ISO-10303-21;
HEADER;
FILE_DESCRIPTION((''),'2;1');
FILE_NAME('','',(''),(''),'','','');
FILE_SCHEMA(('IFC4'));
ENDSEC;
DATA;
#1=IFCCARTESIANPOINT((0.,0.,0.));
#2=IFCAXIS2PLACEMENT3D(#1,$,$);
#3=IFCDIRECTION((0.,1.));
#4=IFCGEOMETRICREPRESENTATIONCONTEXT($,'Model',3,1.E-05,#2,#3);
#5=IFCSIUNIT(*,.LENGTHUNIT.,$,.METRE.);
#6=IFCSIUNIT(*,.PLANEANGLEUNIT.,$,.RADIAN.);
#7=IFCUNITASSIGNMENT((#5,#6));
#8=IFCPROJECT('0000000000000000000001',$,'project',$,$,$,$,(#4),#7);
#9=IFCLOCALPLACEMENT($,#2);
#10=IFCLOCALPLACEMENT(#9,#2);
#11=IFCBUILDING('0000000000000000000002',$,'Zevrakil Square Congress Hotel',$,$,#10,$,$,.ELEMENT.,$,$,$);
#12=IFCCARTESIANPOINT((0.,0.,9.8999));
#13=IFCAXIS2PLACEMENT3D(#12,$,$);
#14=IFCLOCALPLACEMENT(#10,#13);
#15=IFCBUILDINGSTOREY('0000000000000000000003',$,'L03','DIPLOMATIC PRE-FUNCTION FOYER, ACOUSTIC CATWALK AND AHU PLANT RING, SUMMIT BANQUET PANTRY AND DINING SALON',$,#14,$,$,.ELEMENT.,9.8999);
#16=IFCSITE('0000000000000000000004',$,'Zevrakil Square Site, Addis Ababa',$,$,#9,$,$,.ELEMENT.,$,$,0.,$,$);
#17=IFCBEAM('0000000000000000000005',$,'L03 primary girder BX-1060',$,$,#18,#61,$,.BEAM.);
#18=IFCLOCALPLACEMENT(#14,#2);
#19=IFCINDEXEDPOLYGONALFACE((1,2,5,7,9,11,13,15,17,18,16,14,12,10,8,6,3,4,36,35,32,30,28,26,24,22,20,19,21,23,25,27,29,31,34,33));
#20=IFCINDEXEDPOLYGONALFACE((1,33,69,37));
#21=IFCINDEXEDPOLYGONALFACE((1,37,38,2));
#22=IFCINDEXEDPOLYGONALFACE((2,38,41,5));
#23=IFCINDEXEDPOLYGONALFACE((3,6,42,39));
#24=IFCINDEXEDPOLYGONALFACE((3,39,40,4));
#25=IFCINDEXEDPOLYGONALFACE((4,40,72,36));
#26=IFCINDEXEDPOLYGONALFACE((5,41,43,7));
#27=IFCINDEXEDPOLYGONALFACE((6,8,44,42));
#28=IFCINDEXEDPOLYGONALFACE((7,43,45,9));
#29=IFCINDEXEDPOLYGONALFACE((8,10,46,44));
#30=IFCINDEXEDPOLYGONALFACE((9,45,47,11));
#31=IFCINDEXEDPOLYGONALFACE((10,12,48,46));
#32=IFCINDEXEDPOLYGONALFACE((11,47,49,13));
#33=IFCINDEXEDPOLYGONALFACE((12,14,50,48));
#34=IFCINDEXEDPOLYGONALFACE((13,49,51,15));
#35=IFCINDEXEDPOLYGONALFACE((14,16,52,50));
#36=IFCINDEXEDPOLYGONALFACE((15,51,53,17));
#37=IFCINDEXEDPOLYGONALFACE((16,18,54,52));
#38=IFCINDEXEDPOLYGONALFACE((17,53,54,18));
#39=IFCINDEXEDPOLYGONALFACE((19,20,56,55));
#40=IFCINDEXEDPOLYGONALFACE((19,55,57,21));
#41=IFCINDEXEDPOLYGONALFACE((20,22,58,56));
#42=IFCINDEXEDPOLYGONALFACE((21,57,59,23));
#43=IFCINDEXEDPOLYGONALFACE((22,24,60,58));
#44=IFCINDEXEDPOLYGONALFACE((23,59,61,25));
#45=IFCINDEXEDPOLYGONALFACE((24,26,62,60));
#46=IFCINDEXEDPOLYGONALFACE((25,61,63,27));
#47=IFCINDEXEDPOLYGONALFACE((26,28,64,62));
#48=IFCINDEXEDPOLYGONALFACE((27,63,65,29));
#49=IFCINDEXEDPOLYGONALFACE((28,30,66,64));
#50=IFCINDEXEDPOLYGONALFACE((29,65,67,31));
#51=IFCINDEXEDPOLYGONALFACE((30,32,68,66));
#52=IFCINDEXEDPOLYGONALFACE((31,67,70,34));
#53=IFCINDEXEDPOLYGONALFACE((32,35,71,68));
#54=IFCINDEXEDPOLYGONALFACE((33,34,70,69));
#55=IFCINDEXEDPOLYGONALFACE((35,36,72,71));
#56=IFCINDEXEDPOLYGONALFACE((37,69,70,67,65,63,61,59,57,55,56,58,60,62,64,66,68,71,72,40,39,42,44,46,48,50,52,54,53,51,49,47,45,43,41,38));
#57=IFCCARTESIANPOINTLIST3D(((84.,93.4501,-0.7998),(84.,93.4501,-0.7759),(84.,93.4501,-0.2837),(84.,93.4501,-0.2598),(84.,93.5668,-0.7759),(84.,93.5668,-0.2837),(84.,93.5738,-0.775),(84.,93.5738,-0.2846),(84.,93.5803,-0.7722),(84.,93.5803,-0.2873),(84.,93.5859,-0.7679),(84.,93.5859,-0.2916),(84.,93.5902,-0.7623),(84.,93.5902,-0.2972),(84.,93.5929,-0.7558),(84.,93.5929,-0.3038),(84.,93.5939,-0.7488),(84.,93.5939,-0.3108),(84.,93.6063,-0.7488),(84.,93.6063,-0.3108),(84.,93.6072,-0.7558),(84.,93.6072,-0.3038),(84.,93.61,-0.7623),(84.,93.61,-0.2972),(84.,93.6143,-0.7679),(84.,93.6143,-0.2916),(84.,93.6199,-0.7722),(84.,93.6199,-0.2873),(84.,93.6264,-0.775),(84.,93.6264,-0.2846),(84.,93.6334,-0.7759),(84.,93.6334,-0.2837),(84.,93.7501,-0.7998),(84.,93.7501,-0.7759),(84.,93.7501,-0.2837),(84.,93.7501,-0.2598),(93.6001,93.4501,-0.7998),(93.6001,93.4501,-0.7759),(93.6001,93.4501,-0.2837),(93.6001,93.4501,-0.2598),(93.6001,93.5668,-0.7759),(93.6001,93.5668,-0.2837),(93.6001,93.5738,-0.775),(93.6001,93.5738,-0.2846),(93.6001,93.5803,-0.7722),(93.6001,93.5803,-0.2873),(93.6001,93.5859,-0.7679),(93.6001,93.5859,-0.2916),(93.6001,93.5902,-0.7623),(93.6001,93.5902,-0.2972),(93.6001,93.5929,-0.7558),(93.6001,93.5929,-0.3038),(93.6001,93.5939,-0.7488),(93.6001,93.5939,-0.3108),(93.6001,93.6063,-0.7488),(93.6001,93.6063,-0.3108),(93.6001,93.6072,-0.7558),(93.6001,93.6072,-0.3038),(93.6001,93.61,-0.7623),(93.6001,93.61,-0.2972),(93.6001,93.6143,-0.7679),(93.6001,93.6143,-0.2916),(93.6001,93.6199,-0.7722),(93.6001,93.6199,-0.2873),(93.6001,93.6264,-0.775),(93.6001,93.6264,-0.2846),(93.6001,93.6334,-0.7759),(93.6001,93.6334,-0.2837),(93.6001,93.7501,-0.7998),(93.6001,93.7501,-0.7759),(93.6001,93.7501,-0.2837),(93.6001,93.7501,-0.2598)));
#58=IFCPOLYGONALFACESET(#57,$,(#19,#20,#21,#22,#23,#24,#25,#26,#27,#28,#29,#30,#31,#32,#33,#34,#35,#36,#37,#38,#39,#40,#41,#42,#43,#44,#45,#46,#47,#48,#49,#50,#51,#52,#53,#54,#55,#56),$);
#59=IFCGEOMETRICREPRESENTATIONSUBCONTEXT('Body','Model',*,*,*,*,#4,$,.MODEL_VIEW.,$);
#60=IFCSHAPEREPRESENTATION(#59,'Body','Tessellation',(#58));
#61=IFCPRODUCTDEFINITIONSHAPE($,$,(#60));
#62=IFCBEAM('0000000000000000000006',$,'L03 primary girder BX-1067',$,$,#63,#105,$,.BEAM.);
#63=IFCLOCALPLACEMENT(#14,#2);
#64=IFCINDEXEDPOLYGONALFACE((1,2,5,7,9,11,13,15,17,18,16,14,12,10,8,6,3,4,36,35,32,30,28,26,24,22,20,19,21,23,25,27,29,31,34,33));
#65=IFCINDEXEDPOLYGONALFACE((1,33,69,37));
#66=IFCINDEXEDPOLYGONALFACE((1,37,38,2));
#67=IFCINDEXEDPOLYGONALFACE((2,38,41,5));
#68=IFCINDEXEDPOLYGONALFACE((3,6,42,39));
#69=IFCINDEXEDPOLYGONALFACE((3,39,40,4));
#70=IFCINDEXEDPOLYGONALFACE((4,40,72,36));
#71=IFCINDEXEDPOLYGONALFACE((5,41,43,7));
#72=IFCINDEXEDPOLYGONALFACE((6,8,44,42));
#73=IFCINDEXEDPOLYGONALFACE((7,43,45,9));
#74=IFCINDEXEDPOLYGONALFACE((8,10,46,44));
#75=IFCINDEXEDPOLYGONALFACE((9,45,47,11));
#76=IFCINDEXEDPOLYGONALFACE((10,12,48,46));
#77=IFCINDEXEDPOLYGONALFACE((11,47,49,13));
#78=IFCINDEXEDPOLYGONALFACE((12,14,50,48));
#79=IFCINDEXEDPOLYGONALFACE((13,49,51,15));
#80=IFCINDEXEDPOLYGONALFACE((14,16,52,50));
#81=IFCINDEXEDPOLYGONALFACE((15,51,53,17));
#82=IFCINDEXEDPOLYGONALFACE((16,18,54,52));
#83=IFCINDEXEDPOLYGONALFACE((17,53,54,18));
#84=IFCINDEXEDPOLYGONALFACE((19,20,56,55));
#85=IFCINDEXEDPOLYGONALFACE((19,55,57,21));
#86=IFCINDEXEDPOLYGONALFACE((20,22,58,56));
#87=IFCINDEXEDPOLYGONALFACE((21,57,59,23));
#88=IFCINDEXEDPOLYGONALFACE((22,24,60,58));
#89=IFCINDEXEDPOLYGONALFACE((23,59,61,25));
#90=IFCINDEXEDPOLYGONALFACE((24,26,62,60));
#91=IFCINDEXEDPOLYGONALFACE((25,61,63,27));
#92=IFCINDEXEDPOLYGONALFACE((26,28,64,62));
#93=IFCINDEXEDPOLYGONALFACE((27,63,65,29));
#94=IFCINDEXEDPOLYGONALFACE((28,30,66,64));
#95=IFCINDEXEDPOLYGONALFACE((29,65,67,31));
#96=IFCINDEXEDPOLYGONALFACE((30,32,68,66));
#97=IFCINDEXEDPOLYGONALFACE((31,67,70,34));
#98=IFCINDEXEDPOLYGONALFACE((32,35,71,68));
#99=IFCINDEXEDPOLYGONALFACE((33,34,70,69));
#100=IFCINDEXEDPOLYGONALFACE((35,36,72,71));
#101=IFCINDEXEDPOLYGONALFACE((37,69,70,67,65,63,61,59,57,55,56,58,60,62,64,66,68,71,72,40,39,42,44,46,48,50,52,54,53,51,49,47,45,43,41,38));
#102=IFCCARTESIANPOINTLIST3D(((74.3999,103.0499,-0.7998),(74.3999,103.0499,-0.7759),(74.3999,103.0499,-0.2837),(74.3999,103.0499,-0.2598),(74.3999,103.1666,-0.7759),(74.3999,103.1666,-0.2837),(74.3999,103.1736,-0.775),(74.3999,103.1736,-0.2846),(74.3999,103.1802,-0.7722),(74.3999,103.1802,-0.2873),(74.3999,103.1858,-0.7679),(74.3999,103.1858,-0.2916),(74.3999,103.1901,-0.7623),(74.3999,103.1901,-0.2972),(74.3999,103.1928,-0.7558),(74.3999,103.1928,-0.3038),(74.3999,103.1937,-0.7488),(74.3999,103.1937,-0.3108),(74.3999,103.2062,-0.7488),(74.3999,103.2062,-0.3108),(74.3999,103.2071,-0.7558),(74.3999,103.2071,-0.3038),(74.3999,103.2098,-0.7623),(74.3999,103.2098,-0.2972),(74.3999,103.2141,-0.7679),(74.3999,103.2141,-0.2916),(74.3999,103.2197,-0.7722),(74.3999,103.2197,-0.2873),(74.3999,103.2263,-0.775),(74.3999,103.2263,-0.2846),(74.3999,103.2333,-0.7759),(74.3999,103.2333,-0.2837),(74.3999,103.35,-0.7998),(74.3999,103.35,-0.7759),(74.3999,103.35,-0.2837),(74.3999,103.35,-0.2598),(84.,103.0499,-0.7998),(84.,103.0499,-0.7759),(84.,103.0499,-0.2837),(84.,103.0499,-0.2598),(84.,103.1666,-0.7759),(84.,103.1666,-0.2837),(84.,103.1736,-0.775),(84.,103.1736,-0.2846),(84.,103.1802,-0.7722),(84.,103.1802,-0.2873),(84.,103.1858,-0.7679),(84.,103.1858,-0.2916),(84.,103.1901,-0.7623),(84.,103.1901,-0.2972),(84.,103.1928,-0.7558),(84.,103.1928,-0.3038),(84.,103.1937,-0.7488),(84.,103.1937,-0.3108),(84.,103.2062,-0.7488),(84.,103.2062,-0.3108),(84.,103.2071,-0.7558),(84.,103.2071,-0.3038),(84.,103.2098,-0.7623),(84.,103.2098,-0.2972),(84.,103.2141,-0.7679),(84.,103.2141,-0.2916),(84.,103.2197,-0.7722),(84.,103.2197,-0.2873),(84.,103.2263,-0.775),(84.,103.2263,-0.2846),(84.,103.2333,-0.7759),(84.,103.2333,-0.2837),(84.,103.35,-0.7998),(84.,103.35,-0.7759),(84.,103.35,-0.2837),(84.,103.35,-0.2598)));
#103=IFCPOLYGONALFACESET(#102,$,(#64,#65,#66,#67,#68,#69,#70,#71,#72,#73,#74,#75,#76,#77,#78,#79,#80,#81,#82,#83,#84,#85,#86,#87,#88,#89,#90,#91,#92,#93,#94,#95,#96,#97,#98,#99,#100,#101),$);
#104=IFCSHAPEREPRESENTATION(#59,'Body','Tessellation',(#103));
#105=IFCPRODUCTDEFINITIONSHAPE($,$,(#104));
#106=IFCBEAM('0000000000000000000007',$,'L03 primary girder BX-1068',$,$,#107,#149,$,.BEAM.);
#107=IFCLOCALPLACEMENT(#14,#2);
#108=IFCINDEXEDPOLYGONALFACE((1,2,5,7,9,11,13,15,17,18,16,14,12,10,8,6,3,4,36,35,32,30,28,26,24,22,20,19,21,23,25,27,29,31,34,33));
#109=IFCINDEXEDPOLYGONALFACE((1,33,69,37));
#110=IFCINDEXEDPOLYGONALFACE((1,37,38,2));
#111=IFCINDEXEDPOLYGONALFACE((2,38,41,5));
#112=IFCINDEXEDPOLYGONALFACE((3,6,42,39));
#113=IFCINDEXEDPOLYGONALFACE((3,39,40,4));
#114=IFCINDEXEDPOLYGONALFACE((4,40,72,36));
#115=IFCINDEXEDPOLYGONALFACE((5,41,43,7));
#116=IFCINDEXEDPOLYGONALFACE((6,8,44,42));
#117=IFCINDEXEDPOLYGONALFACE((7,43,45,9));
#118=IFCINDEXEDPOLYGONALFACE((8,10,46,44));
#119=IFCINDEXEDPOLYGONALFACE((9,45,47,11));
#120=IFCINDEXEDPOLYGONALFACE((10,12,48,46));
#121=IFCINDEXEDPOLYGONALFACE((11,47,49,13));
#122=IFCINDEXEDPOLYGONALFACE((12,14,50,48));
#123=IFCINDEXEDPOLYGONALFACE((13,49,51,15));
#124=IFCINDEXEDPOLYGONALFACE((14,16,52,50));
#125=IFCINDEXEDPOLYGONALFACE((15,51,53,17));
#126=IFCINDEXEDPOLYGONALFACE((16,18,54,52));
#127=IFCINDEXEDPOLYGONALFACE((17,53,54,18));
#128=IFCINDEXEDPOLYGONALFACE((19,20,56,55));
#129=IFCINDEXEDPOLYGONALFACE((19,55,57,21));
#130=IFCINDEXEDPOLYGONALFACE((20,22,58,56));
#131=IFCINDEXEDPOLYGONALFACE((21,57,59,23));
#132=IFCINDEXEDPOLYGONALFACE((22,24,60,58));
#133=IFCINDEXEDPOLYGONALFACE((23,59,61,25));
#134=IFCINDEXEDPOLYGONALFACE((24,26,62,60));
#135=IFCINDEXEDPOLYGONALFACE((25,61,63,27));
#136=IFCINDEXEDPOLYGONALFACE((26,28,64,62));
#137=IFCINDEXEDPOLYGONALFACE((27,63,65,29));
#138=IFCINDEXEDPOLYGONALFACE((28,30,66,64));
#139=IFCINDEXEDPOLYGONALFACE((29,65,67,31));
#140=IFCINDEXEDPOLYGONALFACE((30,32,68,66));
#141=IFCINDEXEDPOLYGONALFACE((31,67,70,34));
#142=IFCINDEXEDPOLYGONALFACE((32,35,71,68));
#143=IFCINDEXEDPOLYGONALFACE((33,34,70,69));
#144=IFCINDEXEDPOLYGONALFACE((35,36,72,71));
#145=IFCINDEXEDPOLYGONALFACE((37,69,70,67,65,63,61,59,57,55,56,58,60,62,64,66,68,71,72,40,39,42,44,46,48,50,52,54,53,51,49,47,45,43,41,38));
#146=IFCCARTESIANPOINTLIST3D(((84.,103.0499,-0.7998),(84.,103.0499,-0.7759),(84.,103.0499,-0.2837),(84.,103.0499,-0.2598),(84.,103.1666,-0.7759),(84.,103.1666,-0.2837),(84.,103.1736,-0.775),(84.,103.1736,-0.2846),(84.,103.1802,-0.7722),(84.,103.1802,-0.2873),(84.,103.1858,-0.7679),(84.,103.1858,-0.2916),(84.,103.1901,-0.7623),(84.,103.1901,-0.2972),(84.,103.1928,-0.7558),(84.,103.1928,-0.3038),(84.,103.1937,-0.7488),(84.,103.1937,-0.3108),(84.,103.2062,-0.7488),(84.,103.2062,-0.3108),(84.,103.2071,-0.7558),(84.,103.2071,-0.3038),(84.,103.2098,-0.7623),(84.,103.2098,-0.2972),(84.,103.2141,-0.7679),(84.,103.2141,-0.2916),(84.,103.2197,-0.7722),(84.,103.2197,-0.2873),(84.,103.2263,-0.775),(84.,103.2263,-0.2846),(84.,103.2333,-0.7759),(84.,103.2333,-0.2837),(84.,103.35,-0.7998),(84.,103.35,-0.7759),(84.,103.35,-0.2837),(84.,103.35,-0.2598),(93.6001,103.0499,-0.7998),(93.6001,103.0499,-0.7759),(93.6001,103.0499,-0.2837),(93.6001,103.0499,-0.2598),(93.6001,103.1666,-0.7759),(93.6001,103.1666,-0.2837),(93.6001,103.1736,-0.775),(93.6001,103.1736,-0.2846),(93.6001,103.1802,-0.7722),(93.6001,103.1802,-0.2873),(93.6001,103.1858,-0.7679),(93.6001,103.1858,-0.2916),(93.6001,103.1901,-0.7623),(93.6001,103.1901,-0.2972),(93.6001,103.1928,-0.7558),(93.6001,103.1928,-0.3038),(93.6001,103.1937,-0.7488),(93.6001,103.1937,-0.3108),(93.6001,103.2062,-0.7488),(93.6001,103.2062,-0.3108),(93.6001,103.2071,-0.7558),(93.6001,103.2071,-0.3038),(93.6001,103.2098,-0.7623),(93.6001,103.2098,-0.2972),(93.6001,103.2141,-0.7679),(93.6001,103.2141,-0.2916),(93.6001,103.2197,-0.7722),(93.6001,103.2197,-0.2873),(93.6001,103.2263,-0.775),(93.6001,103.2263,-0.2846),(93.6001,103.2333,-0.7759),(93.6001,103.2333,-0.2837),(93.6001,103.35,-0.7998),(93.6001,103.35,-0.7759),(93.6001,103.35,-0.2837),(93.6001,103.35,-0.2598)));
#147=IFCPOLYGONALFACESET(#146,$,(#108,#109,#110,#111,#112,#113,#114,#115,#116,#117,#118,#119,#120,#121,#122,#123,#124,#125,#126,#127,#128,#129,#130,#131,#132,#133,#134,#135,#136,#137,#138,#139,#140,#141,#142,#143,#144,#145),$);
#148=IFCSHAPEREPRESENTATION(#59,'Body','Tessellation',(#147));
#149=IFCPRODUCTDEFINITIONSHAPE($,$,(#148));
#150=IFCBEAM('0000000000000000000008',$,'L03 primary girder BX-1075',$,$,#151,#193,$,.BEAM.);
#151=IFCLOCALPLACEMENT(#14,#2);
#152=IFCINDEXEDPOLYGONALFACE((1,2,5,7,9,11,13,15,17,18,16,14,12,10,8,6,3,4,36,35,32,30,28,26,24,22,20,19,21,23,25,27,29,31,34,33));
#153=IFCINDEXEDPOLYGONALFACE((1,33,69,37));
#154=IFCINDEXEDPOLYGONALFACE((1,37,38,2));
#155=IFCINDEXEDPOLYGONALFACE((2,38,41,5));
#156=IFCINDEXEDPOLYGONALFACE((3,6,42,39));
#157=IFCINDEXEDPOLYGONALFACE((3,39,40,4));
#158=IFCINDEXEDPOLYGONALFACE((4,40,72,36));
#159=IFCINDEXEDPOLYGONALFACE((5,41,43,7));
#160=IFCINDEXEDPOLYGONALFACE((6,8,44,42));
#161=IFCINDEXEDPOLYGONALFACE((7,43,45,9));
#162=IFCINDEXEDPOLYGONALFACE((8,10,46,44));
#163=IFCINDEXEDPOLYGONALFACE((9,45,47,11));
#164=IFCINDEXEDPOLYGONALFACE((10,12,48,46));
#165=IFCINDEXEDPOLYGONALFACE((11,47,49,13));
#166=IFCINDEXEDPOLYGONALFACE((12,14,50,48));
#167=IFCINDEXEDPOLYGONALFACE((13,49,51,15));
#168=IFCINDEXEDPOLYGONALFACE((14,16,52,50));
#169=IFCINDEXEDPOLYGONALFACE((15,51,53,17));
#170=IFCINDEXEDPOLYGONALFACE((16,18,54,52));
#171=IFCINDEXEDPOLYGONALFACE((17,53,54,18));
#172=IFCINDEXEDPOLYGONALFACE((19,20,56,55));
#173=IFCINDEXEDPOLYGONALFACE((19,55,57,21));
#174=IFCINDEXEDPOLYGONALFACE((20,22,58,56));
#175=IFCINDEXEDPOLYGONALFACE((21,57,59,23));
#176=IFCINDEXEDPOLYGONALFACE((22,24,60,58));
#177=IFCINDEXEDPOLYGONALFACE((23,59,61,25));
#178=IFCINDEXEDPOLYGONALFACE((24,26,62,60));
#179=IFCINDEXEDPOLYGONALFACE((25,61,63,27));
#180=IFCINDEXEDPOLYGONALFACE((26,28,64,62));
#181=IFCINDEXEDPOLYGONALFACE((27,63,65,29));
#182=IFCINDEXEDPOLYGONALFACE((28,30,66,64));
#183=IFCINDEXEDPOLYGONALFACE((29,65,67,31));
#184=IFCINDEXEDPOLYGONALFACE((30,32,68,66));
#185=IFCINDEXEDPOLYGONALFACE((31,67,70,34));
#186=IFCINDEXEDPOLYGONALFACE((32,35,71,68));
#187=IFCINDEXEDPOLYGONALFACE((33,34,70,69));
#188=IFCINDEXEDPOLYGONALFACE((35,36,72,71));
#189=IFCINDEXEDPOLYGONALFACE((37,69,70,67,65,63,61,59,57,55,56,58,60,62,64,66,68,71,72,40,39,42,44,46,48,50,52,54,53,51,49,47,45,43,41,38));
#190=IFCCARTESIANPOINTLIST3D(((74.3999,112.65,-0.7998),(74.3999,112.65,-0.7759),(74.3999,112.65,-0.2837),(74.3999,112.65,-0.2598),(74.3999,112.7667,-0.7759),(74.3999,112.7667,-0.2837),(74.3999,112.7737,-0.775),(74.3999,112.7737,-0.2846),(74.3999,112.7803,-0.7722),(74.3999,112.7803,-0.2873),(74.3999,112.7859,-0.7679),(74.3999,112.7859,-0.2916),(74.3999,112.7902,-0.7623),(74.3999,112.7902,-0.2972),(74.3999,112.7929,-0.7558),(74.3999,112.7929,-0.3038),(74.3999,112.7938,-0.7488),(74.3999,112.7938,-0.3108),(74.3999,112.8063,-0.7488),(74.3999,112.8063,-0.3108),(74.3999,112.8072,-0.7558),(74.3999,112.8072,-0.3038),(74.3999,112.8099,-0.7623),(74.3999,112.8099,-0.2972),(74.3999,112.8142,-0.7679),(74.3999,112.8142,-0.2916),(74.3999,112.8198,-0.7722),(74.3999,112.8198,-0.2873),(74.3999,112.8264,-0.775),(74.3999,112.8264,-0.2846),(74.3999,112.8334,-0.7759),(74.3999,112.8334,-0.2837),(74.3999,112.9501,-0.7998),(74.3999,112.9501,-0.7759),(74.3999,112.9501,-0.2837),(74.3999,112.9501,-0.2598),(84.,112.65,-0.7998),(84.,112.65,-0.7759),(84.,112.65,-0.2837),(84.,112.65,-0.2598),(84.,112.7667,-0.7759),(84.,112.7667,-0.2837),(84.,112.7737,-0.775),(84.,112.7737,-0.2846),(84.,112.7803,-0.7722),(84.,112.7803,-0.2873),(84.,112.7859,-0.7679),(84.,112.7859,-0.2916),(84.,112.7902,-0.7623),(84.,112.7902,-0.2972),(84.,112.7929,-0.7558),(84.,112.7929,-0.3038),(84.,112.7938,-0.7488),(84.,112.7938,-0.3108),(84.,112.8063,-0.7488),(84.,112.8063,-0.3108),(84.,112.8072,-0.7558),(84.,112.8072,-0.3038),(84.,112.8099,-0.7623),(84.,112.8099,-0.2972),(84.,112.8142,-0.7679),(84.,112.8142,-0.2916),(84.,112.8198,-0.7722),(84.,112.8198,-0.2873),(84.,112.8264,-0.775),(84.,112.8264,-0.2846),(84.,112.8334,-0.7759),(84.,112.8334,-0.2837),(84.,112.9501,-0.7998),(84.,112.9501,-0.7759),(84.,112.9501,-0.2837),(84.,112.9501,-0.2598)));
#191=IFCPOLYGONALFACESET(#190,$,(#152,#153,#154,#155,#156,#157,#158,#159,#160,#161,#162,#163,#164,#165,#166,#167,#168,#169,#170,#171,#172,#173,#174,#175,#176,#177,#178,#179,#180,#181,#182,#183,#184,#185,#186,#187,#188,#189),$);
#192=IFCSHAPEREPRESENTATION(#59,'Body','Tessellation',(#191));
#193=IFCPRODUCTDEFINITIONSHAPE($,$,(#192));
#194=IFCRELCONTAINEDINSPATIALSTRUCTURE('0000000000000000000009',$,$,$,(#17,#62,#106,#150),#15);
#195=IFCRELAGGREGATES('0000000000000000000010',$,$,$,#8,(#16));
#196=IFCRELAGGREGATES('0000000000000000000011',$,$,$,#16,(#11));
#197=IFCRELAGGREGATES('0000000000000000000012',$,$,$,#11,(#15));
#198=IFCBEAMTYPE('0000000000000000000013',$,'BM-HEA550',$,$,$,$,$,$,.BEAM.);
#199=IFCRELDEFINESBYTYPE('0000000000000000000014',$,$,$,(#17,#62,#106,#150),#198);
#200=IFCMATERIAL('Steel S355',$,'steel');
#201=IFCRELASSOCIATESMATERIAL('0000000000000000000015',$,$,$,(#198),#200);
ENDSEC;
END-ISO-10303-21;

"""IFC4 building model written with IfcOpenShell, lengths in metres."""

from ifc_helpers import new_model, si_unit, direction, frame, origin, origin_2d, place, context, subcontext, project, spatial, i_section, extrude, material, material_profile, profile_set, type_object, element, save


model = new_model("IFC4")

# Units and contexts
model_context = context("Model", 3, precision=1e-05, world=origin(), true_north=direction((0.0, 1.0)))
body_context = subcontext(model_context, "Body", "Model", "MODEL_VIEW")
ifc_project = project(units=[si_unit("LENGTHUNIT", "METRE"), si_unit("PLANEANGLEUNIT", "RADIAN")], contexts=[model_context])

# Site, building, storey
site_placement = place(None, origin())
site = spatial("IfcSite", under=ifc_project, at=site_placement, Name="Zevrakil Square Site, Addis Ababa", CompositionType="ELEMENT", RefElevation=0.0)
building_placement = place(site_placement, origin())
building = spatial("IfcBuilding", under=site, at=building_placement, Name="Zevrakil Square Congress Hotel", CompositionType="ELEMENT")
storey_placement = place(building_placement, frame((0.0, 0.0, 9.8999)))
storey = spatial("IfcBuildingStorey", under=building, at=storey_placement, Name="L03", Description="DIPLOMATIC PRE-FUNCTION FOYER, ACOUSTIC CATWALK AND AHU PLANT RING, SUMMIT BANQUET PANTRY AND DINING SALON", CompositionType="ELEMENT", Elevation=9.8999)

# Beams
ifc_material_1 = material(Name="Steel S355", Category="steel")
ifc_material_profile_1 = material_profile(ifc_material_1, i_section(OverallWidth=0.3, OverallDepth=0.54, WebThickness=0.0125, FlangeThickness=0.0239, FilletRadius=0.0271, at=origin_2d()), Name="HEA 550")
ifc_profile_set_1 = profile_set([ifc_material_profile_1], Name="Steel S355")
beam_type_1 = type_object("IfcBeamType", Name="BM-HEA550", PredefinedType="BEAM", material=ifc_profile_set_1)
for number, where, z_axis, x_axis, name in (
    (1, (84.0, 93.6001, -0.5298), (1.0, 0.0, 0.0), (0.0, 1.0, 0.0), "L03 primary girder BX-1060"),
    (2, (74.3999, 103.2, -0.5298), (1.0, 0.0, 0.0), (0.0, 1.0, 0.0), "L03 primary girder BX-1067"),
    (3, (84.0, 103.2, -0.5298), (1.0, 0.0, 0.0), (0.0, 1.0, 0.0), "L03 primary girder BX-1068"),
    (4, (74.3999, 112.8, -0.5298), (1.0, 0.0, 0.0), (0.0, 1.0, 0.0), "L03 primary girder BX-1075"),
):
    element("IfcBeam", number, at=place(storey_placement, frame(where, z_axis=z_axis, x_axis=x_axis)), inside=storey, type_object=beam_type_1, Name=name, PredefinedType="BEAM", context=body_context, shape_type="SweptSolid", body=[
        extrude(i_section(OverallWidth=0.3, OverallDepth=0.54, WebThickness=0.0125, FlangeThickness=0.0239, FilletRadius=0.0271, at=origin_2d()), origin(), (0.0, 0.0, 1.0), 9.6001),
    ])

save(model, "model.ifc")
